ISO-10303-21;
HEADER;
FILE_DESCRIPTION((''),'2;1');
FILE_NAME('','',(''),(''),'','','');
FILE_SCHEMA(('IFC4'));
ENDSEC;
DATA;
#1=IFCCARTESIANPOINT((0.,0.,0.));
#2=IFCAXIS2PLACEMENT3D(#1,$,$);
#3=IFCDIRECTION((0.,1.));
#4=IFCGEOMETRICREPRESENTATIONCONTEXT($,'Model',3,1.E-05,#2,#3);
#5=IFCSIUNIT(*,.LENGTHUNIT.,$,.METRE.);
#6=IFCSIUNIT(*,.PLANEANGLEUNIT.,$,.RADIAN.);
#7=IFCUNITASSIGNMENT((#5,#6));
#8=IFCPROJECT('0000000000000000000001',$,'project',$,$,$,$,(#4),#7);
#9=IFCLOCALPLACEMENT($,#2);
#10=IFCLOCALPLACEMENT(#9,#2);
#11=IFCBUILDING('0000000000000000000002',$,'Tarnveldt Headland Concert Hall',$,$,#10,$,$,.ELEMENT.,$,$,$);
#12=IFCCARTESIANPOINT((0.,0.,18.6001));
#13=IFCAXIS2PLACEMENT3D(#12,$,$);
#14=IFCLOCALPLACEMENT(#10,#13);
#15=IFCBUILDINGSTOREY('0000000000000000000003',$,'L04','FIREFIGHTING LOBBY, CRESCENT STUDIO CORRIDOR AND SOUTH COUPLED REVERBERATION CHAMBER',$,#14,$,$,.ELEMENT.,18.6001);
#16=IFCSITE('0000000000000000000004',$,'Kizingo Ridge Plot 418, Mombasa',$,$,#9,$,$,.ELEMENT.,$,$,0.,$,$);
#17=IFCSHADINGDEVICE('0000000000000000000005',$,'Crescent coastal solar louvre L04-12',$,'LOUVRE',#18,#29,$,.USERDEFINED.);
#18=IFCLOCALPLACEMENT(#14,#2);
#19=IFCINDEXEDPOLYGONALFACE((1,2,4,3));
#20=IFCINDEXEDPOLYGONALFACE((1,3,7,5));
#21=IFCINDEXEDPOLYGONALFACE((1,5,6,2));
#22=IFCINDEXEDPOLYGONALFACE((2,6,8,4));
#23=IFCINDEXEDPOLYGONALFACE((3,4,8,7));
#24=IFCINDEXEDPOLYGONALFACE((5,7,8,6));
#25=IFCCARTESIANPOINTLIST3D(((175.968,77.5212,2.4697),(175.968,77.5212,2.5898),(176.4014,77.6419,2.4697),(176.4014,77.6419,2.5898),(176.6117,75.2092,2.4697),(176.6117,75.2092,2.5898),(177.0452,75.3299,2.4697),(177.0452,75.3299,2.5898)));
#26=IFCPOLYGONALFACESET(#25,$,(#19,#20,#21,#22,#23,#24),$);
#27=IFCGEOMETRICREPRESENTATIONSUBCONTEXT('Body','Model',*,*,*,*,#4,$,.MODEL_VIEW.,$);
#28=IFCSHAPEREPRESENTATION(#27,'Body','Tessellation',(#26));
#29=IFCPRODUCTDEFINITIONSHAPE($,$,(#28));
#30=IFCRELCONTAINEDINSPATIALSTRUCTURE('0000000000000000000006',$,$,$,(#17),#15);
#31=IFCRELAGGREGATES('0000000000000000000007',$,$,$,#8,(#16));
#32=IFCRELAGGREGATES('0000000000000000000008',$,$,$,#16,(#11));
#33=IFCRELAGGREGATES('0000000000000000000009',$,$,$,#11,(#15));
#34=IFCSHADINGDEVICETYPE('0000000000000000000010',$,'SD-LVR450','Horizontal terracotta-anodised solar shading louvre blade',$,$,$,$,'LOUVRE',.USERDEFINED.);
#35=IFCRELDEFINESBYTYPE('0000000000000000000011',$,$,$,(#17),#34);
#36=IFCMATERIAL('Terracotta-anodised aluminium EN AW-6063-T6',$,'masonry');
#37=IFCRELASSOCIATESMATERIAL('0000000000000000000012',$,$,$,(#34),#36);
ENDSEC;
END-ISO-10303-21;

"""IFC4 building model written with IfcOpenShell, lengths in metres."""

from ifc_helpers import new_model, si_unit, direction, frame, origin, origin_2d, place, context, subcontext, project, spatial, rectangle, extrude, material, type_object, element, save


model = new_model("IFC4")

# Units and contexts
model_context = context("Model", 3, precision=1e-05, world=origin(), true_north=direction((0.0, 1.0)))
body_context = subcontext(model_context, "Body", "Model", "MODEL_VIEW")
ifc_project = project(units=[si_unit("LENGTHUNIT", "METRE"), si_unit("PLANEANGLEUNIT", "RADIAN")], contexts=[model_context])

# Site, building, storey
site_placement = place(None, origin())
site = spatial("IfcSite", under=ifc_project, at=site_placement, Name="Kizingo Ridge Plot 418, Mombasa", CompositionType="ELEMENT", RefElevation=0.0)
building_placement = place(site_placement, origin())
building = spatial("IfcBuilding", under=site, at=building_placement, Name="Tarnveldt Headland Concert Hall", CompositionType="ELEMENT")
storey_placement = place(building_placement, frame((0.0, 0.0, 18.6001)))
storey = spatial("IfcBuildingStorey", under=building, at=storey_placement, Name="L04", Description="FIREFIGHTING LOBBY, CRESCENT STUDIO CORRIDOR AND SOUTH COUPLED REVERBERATION CHAMBER", CompositionType="ELEMENT", Elevation=18.6001)

# Shading device
ifc_material_1 = material(Name="Terracotta-anodised aluminium EN AW-6063-T6", Category="masonry")
shading_device_type = type_object("IfcShadingDeviceType", Name="SD-LVR450", Description="Horizontal terracotta-anodised solar shading louvre blade", ElementType="LOUVRE", PredefinedType="USERDEFINED", material=ifc_material_1)
shading_device_placement = place(storey_placement, frame((176.5066, 76.4255, 2.4697), z_axis=(0.0, 0.0, 1.0), x_axis=(0.96335, 0.268247, 0.0)))
element("IfcShadingDevice", 1, at=shading_device_placement, inside=storey, type_object=shading_device_type, Name="Crescent coastal solar louvre L04-12", ObjectType="LOUVRE", PredefinedType="USERDEFINED", context=body_context, shape_type="SweptSolid", body=[
    extrude(rectangle(XDim=0.45, YDim=2.3999, at=origin_2d()), origin(), (0.0, 0.0, 1.0), 0.1201),
])

save(model, "model.ifc")
